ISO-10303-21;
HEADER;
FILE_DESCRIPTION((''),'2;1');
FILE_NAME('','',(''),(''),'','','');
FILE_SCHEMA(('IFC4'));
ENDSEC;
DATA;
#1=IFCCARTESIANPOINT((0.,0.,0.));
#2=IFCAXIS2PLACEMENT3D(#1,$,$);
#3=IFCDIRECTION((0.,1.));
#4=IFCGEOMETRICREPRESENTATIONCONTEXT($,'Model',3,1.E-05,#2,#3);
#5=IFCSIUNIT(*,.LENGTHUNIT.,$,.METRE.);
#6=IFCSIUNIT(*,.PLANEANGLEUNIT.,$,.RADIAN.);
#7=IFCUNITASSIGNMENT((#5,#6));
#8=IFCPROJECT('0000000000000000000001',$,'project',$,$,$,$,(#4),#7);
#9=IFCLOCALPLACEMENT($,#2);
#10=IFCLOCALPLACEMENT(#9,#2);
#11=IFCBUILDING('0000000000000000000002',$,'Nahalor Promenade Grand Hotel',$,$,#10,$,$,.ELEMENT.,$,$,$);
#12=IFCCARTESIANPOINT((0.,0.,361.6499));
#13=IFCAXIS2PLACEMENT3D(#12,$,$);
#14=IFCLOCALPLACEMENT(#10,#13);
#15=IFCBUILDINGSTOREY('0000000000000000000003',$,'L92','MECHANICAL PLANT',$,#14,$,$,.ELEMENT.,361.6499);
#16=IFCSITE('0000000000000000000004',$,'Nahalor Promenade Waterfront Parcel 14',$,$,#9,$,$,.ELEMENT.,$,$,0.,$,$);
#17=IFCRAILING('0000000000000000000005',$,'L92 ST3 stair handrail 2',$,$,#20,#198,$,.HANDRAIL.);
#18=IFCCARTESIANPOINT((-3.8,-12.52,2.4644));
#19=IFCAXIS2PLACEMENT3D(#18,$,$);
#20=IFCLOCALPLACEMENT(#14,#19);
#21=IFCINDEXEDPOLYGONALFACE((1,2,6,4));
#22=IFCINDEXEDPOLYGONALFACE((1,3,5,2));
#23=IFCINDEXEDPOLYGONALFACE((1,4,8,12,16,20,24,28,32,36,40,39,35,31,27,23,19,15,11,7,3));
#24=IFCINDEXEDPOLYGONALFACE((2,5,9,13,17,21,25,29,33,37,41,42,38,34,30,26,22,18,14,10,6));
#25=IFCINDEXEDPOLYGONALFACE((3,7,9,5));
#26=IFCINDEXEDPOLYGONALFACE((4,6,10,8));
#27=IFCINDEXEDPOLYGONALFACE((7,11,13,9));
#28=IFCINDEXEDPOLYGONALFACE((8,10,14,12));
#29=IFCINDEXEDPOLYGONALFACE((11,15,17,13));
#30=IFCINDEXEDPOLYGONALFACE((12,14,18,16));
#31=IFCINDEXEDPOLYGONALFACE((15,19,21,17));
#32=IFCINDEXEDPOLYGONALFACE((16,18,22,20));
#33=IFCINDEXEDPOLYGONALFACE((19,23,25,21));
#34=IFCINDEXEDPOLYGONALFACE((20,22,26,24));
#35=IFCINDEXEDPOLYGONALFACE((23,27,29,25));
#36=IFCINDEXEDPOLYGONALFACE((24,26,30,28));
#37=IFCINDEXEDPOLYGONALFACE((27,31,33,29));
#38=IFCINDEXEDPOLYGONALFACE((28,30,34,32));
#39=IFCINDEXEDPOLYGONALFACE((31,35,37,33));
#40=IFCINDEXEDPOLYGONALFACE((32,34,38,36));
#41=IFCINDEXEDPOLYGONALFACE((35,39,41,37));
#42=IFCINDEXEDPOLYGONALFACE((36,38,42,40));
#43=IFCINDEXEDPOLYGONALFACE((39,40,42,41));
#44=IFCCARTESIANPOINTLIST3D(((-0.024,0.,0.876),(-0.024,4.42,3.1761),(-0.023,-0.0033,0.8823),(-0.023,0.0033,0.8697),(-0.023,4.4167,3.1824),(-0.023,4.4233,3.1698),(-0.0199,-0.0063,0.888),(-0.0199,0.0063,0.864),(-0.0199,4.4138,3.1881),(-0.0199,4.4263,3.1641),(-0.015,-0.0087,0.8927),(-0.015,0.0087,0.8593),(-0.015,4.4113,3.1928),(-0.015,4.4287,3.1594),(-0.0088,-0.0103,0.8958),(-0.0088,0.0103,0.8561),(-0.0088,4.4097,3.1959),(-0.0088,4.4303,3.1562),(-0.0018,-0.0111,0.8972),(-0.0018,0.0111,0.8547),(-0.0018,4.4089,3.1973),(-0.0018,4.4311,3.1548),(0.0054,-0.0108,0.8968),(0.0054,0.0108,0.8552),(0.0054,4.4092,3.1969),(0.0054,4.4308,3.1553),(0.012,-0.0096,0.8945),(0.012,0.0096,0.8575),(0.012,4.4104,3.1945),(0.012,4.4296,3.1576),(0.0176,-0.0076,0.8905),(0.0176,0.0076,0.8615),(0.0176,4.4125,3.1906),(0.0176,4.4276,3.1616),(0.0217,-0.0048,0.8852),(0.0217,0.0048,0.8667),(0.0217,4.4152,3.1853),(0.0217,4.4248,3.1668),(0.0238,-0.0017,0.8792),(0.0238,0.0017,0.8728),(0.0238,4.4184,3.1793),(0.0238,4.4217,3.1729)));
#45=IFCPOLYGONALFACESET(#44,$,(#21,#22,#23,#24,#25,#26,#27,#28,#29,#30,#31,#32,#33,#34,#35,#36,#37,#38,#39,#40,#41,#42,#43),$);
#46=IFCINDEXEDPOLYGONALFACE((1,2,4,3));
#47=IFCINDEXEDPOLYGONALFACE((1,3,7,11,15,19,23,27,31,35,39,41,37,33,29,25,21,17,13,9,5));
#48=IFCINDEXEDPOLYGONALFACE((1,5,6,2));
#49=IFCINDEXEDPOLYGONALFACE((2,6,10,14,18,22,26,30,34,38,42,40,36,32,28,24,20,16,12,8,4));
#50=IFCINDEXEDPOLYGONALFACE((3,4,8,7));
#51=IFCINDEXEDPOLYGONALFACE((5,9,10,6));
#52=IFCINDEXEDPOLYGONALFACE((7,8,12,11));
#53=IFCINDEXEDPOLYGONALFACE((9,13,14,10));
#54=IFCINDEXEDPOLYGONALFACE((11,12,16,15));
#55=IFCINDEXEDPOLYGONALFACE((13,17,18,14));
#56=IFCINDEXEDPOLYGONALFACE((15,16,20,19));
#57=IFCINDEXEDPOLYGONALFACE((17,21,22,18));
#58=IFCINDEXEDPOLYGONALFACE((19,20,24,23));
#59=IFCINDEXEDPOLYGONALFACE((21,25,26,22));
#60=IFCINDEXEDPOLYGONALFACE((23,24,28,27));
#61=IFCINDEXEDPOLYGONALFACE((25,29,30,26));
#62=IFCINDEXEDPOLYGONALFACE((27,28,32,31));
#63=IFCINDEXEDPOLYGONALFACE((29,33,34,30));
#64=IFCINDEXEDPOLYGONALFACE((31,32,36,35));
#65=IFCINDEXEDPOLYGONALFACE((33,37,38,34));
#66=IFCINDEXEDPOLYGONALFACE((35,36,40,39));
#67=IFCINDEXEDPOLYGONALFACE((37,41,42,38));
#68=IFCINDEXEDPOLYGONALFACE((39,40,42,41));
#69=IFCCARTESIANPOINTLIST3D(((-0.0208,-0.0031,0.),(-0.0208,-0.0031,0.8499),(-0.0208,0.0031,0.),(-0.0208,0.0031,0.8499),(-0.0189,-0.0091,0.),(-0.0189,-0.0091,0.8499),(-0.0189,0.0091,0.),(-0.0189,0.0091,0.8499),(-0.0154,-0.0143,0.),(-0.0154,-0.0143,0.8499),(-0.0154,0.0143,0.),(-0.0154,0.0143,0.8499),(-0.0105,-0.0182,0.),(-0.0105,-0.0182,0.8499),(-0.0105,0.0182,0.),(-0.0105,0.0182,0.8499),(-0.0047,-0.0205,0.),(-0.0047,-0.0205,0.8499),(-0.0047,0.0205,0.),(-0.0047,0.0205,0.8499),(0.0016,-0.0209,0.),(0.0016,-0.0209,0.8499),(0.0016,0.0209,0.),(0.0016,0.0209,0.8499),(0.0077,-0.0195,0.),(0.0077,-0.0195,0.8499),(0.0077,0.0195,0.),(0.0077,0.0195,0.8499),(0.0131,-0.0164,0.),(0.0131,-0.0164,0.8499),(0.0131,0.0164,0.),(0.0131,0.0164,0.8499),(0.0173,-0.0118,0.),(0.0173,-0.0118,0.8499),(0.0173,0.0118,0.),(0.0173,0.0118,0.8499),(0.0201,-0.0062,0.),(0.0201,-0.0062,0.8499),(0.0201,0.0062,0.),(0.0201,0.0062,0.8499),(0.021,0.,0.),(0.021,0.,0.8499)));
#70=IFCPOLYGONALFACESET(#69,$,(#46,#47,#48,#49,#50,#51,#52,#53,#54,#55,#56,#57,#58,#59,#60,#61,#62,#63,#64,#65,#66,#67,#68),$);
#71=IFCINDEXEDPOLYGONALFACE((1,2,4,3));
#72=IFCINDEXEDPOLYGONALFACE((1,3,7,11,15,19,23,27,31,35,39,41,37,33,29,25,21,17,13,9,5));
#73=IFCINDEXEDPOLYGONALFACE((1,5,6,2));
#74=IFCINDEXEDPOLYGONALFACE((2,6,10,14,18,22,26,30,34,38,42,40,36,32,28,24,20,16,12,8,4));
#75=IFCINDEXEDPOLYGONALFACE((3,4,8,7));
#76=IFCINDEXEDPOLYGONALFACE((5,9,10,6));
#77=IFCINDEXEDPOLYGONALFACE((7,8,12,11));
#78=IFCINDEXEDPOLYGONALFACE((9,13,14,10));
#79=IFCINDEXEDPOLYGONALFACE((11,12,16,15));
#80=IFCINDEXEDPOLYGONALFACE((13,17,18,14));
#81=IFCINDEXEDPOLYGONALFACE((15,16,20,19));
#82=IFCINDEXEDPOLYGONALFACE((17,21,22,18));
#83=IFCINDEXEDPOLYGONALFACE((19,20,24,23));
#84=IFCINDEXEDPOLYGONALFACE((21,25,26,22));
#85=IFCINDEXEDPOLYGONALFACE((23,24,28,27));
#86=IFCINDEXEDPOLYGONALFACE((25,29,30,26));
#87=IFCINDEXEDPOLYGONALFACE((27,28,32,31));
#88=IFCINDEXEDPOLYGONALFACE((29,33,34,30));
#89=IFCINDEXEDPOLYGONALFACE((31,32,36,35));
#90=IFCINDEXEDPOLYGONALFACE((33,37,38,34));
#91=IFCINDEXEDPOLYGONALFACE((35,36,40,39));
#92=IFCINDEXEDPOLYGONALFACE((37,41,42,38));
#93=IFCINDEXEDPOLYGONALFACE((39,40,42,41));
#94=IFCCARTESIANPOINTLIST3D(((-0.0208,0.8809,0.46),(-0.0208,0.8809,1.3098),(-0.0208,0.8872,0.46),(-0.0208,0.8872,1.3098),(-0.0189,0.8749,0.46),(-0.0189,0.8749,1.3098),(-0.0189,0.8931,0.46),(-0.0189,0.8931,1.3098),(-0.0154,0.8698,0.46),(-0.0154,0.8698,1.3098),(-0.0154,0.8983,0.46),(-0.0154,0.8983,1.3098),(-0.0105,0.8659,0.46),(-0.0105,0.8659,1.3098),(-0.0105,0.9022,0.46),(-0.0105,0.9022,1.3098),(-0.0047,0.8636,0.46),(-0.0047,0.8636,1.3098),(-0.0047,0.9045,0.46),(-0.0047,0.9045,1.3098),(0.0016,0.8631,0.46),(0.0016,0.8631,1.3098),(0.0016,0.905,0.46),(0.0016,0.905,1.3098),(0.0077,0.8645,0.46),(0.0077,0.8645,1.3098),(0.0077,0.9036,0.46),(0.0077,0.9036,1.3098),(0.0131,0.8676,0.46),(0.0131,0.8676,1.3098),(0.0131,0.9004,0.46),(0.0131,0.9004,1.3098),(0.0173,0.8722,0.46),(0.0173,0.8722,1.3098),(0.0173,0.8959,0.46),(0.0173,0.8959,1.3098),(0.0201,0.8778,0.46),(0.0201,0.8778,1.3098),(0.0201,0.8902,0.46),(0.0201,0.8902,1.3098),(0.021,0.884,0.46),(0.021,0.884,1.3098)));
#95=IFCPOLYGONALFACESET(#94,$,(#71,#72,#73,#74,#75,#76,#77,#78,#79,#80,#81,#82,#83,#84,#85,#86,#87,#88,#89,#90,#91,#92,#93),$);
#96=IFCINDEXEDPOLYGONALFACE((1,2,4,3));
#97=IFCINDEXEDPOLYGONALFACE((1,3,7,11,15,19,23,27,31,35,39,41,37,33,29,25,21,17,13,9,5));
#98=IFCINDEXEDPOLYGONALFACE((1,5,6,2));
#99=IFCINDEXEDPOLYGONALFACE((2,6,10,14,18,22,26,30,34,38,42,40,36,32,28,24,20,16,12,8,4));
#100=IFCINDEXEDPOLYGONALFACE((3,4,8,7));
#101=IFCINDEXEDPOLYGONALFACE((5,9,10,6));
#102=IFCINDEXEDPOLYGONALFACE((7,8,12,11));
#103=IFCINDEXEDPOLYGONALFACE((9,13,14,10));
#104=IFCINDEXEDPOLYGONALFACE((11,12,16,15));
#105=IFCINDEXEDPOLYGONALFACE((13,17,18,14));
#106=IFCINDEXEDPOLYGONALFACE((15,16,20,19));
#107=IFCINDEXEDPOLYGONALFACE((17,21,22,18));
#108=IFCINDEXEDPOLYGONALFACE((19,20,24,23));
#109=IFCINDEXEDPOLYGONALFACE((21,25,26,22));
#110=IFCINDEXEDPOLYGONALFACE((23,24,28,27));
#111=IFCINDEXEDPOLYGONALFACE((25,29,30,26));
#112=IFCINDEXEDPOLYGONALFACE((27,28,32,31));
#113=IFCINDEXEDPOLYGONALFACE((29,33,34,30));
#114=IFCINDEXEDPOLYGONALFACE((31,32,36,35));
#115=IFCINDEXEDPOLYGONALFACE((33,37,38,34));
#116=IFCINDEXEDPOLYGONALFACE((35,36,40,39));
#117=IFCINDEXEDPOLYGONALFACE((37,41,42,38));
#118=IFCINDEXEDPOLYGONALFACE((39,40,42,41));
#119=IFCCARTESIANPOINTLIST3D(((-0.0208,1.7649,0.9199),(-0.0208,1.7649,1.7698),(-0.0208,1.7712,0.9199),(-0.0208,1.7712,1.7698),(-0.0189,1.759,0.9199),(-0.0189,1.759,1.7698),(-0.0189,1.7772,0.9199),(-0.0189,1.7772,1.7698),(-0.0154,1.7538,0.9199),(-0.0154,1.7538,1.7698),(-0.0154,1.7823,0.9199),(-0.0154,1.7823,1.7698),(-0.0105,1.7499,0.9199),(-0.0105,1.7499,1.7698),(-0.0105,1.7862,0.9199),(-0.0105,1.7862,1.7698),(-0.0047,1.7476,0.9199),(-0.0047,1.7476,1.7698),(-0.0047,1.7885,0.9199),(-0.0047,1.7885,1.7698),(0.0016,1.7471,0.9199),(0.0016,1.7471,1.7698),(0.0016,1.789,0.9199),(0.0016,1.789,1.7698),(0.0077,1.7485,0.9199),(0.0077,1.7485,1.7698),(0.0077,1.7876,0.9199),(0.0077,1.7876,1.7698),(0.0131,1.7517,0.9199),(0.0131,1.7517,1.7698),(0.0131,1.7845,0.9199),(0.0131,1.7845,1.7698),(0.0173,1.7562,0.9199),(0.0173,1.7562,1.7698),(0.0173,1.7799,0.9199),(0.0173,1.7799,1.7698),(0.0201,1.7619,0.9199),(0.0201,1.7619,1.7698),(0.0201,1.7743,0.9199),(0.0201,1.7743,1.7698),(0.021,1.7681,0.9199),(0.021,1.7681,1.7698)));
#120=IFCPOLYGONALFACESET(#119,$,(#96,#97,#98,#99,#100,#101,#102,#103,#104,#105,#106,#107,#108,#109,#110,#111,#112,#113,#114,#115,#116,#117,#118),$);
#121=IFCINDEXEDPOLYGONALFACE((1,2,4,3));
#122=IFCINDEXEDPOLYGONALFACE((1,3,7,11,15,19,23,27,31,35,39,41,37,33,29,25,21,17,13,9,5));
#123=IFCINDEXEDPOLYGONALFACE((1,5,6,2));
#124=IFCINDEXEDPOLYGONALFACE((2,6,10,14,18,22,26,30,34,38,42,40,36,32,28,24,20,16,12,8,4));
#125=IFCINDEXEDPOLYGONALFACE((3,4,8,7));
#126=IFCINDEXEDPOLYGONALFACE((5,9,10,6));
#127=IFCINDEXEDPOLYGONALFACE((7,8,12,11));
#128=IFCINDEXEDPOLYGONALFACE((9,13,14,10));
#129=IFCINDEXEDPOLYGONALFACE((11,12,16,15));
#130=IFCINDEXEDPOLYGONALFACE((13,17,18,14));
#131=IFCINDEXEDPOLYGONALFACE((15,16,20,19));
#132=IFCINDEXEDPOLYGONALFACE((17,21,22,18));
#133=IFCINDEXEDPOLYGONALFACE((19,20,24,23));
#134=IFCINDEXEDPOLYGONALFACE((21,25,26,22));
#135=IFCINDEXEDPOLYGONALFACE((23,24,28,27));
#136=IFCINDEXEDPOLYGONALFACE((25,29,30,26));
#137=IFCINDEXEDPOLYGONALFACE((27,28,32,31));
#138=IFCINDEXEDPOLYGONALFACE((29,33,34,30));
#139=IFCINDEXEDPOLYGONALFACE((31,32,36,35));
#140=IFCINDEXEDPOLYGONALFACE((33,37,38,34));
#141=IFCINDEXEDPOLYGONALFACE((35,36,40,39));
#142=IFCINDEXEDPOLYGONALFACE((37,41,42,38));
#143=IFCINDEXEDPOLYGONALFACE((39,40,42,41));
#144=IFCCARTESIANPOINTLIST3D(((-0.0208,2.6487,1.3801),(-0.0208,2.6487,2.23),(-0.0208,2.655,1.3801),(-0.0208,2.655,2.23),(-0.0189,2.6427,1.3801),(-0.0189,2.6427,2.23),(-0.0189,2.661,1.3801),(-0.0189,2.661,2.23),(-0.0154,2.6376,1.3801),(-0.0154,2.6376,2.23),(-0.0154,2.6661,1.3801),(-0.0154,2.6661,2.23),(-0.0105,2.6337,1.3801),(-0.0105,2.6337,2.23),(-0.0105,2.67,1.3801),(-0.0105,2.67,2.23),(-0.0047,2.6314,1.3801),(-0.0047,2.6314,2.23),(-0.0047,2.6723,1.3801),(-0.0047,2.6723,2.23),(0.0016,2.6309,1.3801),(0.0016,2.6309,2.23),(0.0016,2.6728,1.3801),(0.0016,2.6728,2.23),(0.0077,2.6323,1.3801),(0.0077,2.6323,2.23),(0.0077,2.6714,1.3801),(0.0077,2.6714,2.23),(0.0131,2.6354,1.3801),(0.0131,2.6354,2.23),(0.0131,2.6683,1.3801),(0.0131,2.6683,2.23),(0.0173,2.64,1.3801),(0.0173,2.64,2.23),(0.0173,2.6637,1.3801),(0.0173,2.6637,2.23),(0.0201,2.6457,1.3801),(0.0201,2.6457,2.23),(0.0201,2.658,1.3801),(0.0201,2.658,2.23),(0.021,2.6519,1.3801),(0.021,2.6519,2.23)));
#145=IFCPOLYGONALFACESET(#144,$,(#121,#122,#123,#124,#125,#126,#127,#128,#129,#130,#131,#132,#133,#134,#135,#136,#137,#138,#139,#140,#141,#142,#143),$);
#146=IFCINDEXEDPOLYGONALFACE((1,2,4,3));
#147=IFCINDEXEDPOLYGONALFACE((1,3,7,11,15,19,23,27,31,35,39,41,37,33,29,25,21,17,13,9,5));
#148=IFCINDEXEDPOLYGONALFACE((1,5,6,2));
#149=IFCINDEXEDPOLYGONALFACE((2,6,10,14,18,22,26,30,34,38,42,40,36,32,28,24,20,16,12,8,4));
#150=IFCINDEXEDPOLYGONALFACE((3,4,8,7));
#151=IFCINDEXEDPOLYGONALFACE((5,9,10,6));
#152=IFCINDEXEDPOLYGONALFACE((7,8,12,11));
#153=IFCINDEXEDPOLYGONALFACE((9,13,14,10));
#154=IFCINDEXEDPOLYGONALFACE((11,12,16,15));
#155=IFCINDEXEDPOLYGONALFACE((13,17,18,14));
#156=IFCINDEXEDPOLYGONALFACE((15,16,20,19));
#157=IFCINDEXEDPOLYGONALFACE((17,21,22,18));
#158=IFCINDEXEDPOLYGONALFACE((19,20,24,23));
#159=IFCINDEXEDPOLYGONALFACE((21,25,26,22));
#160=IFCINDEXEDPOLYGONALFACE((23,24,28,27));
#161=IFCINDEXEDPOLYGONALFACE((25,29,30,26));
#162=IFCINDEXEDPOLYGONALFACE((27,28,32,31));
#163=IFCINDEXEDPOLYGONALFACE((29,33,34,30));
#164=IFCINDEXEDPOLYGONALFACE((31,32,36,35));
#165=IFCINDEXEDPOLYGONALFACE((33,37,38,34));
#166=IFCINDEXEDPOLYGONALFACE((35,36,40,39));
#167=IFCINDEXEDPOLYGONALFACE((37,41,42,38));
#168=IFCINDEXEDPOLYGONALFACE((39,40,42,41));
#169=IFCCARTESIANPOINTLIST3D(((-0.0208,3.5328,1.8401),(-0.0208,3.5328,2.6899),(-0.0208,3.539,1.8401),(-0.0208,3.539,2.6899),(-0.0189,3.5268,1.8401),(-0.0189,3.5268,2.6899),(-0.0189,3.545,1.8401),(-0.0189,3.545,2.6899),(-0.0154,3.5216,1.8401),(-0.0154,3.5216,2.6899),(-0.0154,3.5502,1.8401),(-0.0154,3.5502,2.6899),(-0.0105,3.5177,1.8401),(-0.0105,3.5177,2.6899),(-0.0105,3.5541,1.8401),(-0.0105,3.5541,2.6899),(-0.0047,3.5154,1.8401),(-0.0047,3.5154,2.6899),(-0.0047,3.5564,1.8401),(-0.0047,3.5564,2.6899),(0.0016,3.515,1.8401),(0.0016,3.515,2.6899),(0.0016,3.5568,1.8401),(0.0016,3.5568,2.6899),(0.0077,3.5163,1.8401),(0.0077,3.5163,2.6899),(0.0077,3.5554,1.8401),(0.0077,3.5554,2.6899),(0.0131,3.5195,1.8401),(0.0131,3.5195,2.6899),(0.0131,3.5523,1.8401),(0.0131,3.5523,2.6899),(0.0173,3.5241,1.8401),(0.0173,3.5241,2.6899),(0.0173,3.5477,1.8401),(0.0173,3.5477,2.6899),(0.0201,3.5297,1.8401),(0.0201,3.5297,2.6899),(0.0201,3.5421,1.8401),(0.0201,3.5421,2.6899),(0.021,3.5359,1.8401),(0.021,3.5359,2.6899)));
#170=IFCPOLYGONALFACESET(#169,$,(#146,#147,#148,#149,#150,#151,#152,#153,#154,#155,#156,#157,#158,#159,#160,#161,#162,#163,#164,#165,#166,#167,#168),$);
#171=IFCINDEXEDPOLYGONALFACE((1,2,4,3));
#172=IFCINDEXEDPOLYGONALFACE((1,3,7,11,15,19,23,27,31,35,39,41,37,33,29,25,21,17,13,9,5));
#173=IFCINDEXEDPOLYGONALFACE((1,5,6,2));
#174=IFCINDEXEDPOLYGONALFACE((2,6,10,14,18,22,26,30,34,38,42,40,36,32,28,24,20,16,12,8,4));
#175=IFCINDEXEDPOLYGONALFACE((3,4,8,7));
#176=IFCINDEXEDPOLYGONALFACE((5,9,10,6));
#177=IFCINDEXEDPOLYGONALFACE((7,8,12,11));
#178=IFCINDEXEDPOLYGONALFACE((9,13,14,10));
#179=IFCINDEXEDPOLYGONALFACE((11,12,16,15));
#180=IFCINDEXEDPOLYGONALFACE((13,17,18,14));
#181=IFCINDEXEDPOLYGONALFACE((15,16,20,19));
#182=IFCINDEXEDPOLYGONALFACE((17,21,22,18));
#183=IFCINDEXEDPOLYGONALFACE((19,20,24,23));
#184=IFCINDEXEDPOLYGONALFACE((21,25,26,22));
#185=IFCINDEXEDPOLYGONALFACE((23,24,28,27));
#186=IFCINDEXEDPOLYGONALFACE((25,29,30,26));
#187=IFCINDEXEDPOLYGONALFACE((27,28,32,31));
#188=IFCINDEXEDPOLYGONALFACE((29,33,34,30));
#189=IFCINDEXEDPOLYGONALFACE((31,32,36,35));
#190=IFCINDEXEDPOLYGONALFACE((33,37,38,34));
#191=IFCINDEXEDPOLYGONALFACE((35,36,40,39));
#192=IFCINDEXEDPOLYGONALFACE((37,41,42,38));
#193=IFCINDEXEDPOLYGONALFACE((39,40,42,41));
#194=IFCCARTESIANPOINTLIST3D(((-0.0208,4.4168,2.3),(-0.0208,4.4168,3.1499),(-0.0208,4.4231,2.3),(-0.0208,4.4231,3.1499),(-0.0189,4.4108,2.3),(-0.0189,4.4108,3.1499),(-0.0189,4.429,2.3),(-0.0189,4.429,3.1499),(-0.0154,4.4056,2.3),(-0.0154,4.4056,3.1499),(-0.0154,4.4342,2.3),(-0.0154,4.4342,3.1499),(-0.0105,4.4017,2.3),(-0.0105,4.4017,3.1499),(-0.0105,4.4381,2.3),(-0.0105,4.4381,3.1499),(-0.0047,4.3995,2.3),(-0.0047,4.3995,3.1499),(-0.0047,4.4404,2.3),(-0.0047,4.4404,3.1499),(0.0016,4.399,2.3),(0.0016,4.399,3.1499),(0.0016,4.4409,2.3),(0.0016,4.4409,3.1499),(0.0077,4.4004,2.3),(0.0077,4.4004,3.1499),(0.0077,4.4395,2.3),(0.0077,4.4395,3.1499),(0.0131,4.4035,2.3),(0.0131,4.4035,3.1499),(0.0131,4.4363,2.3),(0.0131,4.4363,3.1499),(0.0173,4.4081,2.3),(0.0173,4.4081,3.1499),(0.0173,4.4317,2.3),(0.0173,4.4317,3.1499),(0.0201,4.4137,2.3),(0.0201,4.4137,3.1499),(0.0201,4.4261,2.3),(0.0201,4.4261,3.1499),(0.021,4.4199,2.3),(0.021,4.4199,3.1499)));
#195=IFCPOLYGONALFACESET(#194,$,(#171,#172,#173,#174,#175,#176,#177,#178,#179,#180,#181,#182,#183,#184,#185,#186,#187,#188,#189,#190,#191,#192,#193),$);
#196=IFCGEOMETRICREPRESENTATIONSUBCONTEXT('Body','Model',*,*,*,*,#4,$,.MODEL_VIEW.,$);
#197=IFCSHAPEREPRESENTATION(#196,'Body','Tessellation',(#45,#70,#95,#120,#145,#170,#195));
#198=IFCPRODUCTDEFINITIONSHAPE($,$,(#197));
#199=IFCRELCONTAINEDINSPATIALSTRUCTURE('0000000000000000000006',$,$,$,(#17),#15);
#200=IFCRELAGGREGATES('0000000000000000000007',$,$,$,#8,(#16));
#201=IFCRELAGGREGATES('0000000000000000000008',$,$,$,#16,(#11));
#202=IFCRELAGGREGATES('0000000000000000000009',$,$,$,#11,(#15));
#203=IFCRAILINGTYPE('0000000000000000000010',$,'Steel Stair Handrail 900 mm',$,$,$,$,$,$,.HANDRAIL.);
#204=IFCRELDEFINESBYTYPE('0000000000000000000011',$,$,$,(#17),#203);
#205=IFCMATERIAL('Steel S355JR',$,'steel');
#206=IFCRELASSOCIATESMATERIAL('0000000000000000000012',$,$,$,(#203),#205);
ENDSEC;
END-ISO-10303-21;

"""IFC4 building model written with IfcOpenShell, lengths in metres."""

from ifc_helpers import new_model, si_unit, direction, frame, origin, origin_2d, place, context, subcontext, project, spatial, circle, extrude, material, type_object, element, save


model = new_model("IFC4")

# Units and contexts
model_context = context("Model", 3, precision=1e-05, world=origin(), true_north=direction((0.0, 1.0)))
body_context = subcontext(model_context, "Body", "Model", "MODEL_VIEW")
ifc_project = project(units=[si_unit("LENGTHUNIT", "METRE"), si_unit("PLANEANGLEUNIT", "RADIAN")], contexts=[model_context])

# Site, building, storey
site_placement = place(None, origin())
site = spatial("IfcSite", under=ifc_project, at=site_placement, Name="Nahalor Promenade Waterfront Parcel 14", CompositionType="ELEMENT", RefElevation=0.0)
building_placement = place(site_placement, origin())
building = spatial("IfcBuilding", under=site, at=building_placement, Name="Nahalor Promenade Grand Hotel", CompositionType="ELEMENT")
storey_placement = place(building_placement, frame((0.0, 0.0, 361.6499)))
storey = spatial("IfcBuildingStorey", under=building, at=storey_placement, Name="L92", Description="MECHANICAL PLANT", CompositionType="ELEMENT", Elevation=361.6499)

# Shared definitions
ifc_material_1 = material(Name="Steel S355JR", Category="steel")

# Railing
railing_type_1 = type_object("IfcRailingType", Name="Steel Stair Handrail 900 mm", PredefinedType="HANDRAIL", material=ifc_material_1)
railing_1_placement = place(storey_placement, frame((-3.8, -12.52, 2.4644)))
element("IfcRailing", 1, at=railing_1_placement, inside=storey, type_object=railing_type_1, Name="L92 ST3 stair handrail 2", PredefinedType="HANDRAIL", context=body_context, shape_type="SweptSolid", body=[
    extrude(circle(Radius=0.024, at=origin_2d()), frame((0.0, 0.0, 0.876), z_axis=(0.0, 0.887078, 0.46162), x_axis=(-1.0, 0.0, 0.0)), (0.0, 0.0, 1.0), 4.9827),
    extrude(circle(Radius=0.021, at=origin_2d()), origin(), (0.0, 0.0, 1.0), 0.8499),
    extrude(circle(Radius=0.021, at=origin_2d()), frame((0.0, 0.884, 0.46)), (0.0, 0.0, 1.0), 0.8499),
    extrude(circle(Radius=0.021, at=origin_2d()), frame((0.0, 1.7681, 0.9199)), (0.0, 0.0, 1.0), 0.8499),
    extrude(circle(Radius=0.021, at=origin_2d()), frame((0.0, 2.6519, 1.3801)), (0.0, 0.0, 1.0), 0.8499),
    extrude(circle(Radius=0.021, at=origin_2d()), frame((0.0, 3.5359, 1.8401)), (0.0, 0.0, 1.0), 0.8499),
    extrude(circle(Radius=0.021, at=origin_2d()), frame((0.0, 4.4199, 2.3)), (0.0, 0.0, 1.0), 0.8499),
])

save(model, "model.ifc")
